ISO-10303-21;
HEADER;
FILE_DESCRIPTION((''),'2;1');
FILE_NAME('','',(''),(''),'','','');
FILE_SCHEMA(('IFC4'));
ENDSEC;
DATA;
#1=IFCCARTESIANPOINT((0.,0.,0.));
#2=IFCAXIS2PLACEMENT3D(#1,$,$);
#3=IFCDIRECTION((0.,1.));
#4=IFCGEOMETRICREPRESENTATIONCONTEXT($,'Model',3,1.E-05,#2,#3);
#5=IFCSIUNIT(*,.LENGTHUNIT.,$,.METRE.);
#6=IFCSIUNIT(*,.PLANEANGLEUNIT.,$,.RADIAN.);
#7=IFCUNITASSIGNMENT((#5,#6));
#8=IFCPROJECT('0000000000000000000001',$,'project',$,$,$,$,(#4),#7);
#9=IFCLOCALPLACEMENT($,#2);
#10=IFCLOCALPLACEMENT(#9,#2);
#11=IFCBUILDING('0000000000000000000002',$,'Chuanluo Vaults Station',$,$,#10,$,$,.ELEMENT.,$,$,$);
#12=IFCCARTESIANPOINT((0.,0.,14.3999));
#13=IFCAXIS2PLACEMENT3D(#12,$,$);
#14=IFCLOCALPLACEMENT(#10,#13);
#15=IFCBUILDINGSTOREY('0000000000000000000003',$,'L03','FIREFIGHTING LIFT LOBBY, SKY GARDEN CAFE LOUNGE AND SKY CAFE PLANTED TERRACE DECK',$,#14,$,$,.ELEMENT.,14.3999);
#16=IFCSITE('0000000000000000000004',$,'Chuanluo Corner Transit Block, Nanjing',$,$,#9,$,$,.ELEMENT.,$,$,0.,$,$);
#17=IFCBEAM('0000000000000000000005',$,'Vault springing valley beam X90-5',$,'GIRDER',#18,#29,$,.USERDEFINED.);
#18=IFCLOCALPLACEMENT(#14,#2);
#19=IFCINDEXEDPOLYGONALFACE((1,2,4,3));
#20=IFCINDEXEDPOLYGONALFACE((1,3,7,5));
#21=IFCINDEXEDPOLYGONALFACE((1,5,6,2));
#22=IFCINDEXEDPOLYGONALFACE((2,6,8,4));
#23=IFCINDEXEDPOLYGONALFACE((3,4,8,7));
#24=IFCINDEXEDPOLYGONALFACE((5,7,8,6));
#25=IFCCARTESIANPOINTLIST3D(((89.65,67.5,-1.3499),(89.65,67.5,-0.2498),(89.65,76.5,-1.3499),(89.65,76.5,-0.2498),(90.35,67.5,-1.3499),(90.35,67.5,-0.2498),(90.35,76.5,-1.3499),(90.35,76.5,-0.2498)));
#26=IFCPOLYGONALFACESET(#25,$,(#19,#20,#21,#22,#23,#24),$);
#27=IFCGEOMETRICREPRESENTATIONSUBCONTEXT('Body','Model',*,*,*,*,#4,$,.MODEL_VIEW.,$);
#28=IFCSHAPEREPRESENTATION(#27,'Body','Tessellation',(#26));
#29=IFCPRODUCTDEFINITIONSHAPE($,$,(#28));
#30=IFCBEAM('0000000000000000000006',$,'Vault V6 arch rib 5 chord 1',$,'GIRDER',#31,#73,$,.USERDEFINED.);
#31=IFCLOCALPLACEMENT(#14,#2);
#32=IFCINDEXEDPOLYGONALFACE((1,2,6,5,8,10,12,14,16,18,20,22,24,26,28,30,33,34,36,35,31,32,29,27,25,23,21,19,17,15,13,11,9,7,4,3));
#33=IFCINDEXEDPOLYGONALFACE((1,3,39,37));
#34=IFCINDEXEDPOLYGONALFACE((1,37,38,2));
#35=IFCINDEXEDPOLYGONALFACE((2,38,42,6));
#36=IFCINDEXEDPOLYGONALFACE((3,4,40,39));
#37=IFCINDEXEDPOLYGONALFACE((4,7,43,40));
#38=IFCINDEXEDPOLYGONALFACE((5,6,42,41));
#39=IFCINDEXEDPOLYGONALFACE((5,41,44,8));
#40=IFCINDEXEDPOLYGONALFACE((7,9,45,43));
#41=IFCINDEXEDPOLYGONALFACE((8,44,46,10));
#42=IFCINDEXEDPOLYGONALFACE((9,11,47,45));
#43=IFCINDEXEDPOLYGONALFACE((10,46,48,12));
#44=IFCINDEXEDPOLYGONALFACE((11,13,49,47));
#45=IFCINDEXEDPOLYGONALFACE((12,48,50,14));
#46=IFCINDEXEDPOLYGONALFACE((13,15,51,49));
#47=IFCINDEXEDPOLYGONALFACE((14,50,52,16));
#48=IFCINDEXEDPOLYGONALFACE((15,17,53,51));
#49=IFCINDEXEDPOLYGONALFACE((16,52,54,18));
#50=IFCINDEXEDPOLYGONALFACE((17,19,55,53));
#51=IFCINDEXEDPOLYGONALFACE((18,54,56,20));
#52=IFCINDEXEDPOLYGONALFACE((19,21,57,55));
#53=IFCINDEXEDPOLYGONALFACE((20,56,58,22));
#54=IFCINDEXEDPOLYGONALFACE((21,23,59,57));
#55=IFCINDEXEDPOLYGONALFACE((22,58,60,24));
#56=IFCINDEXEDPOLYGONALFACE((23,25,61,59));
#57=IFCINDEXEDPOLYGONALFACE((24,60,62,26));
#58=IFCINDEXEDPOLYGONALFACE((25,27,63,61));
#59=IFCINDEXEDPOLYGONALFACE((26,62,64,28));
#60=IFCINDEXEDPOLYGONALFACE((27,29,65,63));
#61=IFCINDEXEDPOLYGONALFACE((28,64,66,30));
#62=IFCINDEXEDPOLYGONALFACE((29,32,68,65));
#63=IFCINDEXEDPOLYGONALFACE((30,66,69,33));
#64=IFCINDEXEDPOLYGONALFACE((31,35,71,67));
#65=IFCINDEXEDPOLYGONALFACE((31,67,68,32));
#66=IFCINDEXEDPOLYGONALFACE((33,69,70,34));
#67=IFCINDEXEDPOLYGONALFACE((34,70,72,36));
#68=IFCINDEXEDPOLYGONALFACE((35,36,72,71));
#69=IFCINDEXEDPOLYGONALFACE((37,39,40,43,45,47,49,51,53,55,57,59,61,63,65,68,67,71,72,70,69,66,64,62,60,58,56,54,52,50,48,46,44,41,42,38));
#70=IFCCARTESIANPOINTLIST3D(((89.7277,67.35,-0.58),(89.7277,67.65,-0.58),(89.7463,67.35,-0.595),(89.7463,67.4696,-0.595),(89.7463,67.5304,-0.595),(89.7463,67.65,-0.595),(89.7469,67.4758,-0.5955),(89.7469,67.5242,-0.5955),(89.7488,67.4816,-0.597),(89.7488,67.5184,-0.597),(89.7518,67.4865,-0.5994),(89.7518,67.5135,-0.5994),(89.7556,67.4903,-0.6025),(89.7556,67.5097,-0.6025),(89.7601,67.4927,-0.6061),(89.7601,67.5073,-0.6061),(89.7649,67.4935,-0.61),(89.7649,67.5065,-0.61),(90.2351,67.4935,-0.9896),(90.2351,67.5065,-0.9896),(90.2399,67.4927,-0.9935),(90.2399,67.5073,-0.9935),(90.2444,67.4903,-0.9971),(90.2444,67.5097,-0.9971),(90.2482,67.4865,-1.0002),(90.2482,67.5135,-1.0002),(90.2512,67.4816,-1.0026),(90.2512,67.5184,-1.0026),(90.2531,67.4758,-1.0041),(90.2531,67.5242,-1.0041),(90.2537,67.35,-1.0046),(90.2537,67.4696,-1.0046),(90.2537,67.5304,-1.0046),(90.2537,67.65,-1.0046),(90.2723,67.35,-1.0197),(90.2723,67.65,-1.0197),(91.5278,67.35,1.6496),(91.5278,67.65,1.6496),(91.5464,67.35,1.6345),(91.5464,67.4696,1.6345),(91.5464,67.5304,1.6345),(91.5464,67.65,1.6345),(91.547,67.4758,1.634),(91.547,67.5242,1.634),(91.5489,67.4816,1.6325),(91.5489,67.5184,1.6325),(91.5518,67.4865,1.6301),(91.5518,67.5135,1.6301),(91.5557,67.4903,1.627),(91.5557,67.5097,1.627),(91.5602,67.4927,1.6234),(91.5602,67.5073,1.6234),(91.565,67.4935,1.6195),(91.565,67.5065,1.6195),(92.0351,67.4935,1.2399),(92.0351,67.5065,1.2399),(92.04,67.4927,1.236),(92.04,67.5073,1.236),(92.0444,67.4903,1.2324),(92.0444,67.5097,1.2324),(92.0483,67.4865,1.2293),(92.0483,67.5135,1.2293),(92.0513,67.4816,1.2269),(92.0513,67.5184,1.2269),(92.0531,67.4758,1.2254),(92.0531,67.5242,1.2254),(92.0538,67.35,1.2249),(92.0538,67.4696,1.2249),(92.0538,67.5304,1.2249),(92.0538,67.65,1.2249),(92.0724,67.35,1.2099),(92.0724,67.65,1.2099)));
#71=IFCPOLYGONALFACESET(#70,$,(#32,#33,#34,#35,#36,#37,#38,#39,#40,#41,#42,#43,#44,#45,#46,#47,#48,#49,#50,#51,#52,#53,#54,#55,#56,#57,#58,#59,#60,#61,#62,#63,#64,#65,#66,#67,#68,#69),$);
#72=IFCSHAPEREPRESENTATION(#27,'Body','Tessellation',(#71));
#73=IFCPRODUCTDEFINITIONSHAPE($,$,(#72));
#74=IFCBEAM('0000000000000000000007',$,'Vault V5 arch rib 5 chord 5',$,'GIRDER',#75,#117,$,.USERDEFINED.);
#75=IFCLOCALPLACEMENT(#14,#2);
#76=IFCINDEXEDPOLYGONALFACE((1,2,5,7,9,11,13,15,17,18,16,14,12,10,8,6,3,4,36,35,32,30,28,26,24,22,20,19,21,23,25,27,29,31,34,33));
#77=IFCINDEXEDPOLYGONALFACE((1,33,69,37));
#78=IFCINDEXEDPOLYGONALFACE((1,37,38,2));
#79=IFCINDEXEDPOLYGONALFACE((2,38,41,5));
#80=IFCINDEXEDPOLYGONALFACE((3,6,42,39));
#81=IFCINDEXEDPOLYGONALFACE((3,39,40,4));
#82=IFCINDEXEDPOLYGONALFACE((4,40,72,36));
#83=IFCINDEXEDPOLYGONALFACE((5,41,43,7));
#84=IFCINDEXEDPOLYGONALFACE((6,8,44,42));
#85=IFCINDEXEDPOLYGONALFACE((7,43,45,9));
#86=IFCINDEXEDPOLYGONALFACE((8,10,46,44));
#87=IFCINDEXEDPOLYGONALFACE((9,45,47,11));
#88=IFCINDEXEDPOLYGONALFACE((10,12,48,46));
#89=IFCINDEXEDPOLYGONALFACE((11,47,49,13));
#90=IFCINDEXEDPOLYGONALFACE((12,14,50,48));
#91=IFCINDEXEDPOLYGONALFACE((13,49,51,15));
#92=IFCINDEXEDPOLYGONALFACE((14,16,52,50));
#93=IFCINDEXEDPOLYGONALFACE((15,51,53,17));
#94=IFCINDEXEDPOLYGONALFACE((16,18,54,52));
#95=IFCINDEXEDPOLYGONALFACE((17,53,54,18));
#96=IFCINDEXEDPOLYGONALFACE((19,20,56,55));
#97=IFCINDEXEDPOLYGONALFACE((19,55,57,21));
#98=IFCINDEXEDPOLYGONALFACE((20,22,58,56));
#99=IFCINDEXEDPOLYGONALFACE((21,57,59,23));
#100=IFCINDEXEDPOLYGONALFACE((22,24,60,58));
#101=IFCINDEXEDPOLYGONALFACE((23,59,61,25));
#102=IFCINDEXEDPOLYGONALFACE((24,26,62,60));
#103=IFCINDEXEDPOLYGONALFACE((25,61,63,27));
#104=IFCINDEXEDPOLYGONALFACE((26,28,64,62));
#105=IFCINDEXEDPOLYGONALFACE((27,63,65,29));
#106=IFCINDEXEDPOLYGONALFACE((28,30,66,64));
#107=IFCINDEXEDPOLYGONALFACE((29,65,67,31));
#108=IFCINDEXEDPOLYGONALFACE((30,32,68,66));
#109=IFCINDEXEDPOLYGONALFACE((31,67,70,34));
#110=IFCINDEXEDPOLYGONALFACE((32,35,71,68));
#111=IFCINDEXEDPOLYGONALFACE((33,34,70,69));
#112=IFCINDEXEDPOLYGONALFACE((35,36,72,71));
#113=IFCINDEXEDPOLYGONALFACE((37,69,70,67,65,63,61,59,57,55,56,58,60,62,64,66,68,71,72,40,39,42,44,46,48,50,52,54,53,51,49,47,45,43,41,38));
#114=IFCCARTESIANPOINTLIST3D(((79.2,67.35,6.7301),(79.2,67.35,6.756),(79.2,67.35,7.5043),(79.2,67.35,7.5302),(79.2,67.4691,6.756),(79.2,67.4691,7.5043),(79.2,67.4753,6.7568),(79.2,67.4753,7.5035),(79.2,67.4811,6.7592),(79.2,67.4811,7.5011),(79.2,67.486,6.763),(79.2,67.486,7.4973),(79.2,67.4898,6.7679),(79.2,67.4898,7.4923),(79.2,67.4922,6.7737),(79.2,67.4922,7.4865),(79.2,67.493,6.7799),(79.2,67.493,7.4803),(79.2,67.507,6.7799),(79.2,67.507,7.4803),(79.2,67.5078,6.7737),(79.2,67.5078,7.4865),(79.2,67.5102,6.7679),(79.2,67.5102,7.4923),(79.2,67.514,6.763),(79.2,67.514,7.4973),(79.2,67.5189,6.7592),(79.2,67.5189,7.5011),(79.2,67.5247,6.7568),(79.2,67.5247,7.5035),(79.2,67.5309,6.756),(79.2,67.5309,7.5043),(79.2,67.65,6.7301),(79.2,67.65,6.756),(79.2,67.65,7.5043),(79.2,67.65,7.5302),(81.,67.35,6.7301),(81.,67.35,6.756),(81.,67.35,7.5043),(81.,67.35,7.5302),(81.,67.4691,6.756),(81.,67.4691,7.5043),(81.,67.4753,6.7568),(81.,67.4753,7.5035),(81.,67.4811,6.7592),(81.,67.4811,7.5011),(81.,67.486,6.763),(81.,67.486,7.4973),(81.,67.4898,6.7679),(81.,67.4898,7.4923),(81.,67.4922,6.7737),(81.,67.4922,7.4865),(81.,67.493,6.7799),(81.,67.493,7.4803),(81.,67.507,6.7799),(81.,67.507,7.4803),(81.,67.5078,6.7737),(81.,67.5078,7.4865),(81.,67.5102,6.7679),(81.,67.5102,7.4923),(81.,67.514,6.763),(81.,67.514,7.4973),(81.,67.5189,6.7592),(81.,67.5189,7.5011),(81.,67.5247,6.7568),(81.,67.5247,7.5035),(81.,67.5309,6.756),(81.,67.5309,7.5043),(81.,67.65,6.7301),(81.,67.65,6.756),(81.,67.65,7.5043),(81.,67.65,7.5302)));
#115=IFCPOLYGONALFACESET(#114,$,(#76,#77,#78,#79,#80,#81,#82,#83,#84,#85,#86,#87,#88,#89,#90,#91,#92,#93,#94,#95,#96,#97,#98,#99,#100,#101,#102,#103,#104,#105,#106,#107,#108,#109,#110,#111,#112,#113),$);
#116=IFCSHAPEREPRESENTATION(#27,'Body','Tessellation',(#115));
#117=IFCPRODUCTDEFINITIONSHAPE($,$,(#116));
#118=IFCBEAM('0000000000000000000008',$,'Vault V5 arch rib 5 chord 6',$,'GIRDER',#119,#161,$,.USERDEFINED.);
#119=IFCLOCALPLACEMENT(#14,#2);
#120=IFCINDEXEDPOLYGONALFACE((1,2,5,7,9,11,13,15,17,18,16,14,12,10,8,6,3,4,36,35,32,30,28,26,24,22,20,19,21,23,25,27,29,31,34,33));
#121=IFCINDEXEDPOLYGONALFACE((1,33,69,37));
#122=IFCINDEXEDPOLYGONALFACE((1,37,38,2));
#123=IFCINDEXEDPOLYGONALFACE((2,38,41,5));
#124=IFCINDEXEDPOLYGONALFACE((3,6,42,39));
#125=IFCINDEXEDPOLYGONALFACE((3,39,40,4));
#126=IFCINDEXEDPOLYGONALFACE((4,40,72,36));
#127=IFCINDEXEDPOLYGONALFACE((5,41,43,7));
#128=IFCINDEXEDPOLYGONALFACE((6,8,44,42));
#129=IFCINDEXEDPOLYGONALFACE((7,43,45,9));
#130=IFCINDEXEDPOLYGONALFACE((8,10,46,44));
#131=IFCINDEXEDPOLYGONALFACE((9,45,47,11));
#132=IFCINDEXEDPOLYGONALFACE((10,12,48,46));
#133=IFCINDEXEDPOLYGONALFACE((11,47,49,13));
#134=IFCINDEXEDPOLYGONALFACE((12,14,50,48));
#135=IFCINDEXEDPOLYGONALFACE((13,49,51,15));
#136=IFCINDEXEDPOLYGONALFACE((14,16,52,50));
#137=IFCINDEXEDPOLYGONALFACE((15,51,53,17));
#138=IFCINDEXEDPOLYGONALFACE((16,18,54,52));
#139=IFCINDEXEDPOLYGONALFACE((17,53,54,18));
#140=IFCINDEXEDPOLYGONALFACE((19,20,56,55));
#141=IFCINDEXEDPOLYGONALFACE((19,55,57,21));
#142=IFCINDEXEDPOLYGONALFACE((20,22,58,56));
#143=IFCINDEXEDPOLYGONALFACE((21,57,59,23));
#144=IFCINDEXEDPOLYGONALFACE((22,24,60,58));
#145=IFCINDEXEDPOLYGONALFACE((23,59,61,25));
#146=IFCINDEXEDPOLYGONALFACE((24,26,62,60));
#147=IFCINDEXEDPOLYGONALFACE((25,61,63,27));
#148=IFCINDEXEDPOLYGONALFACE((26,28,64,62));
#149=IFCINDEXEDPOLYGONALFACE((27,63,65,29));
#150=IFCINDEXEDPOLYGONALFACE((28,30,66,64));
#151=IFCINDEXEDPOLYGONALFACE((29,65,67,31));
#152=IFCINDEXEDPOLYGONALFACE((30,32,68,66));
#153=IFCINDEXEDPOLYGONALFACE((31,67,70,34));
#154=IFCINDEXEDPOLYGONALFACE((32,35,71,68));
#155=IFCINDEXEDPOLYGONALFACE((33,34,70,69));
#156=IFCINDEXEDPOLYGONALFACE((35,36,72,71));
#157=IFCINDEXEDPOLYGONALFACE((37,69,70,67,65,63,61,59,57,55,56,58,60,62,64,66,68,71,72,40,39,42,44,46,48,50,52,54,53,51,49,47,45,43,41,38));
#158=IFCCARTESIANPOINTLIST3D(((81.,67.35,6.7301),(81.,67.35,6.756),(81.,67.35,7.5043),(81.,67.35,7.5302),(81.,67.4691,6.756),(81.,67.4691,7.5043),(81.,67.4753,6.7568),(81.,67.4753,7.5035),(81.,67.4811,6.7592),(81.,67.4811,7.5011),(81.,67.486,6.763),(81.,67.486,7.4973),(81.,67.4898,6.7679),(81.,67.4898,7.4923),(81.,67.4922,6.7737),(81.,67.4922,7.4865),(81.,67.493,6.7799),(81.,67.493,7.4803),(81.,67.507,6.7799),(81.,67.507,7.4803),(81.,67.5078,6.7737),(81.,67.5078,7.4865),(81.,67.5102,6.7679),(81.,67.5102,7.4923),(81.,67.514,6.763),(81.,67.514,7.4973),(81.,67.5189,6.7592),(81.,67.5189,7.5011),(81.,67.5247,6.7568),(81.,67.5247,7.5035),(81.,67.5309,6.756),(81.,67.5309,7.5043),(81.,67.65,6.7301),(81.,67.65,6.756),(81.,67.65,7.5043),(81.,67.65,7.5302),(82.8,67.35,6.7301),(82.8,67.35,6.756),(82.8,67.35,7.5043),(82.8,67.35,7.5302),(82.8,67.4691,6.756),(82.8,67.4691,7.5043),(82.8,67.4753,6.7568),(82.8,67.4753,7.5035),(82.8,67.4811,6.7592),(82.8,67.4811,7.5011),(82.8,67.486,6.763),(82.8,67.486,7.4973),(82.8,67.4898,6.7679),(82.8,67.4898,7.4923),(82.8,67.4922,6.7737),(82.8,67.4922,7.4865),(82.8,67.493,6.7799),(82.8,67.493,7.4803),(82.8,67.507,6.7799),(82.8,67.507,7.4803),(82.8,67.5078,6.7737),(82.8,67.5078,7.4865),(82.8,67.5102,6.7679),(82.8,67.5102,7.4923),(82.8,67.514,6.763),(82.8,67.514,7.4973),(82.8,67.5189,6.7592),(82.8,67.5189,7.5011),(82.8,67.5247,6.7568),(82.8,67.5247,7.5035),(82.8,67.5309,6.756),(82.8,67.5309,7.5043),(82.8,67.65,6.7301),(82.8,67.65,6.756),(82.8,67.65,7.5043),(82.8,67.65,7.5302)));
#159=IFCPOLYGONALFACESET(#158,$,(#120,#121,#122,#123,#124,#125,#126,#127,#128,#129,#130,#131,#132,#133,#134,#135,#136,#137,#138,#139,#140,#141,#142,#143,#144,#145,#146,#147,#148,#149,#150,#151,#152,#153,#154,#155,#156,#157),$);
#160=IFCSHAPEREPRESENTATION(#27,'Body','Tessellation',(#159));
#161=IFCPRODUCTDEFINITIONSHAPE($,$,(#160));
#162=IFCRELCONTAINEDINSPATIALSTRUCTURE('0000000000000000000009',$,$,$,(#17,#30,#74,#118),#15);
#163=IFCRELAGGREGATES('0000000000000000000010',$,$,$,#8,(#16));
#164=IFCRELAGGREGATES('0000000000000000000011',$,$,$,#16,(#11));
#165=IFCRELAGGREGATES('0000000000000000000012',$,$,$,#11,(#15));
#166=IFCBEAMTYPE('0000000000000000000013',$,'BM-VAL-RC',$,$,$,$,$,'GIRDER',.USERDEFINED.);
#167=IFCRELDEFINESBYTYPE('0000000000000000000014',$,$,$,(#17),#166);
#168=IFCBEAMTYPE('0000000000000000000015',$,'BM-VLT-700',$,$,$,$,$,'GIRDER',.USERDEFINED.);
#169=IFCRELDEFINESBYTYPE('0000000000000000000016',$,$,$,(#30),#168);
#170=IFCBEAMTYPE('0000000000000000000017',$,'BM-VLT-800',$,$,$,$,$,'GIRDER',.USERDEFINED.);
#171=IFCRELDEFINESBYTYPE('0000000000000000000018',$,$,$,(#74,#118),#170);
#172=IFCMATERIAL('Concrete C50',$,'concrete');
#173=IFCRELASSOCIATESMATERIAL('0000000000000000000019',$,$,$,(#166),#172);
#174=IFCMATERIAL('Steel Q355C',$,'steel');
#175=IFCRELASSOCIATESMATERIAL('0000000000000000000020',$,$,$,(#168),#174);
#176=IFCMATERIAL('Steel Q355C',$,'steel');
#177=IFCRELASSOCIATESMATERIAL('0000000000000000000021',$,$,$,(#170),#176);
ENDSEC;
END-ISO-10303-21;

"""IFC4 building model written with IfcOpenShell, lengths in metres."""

from ifc_helpers import new_model, si_unit, direction, frame, origin, origin_2d, place, context, subcontext, project, spatial, rectangle, i_section, extrude, material, material_profile, profile_set, type_object, element, save


model = new_model("IFC4")

# Units and contexts
model_context = context("Model", 3, precision=1e-05, world=origin(), true_north=direction((0.0, 1.0)))
body_context = subcontext(model_context, "Body", "Model", "MODEL_VIEW")
ifc_project = project(units=[si_unit("LENGTHUNIT", "METRE"), si_unit("PLANEANGLEUNIT", "RADIAN")], contexts=[model_context])

# Site, building, storey
site_placement = place(None, origin())
site = spatial("IfcSite", under=ifc_project, at=site_placement, Name="Chuanluo Corner Transit Block, Nanjing", CompositionType="ELEMENT", RefElevation=0.0)
building_placement = place(site_placement, origin())
building = spatial("IfcBuilding", under=site, at=building_placement, Name="Chuanluo Vaults Station", CompositionType="ELEMENT")
storey_placement = place(building_placement, frame((0.0, 0.0, 14.3999)))
storey = spatial("IfcBuildingStorey", under=building, at=storey_placement, Name="L03", Description="FIREFIGHTING LIFT LOBBY, SKY GARDEN CAFE LOUNGE AND SKY CAFE PLANTED TERRACE DECK", CompositionType="ELEMENT", Elevation=14.3999)

# Beams
ifc_material_1 = material(Name="Concrete C50", Category="concrete")
ifc_material_profile_1 = material_profile(ifc_material_1, rectangle(XDim=0.7, YDim=1.1001, at=origin_2d()))
ifc_profile_set_1 = profile_set([ifc_material_profile_1], Name="Concrete C50")
beam_type_1 = type_object("IfcBeamType", Name="BM-VAL-RC", ElementType="GIRDER", PredefinedType="USERDEFINED", material=ifc_profile_set_1)
beam_1_placement = place(storey_placement, frame((90.0, 67.5, -0.7998), z_axis=(0.0, 1.0, 0.0), x_axis=(-1.0, 0.0, 0.0)))
element("IfcBeam", 1, at=beam_1_placement, inside=storey, type_object=beam_type_1, Name="Vault springing valley beam X90-5", ObjectType="GIRDER", PredefinedType="USERDEFINED", context=body_context, shape_type="SweptSolid", body=[
    extrude(rectangle(XDim=0.7, YDim=1.1001, at=origin_2d()), origin(), (0.0, 0.0, 1.0), 9.0),
])
ifc_material_2 = material(Name="Steel Q355C", Category="steel")
ifc_material_profile_2 = material_profile(ifc_material_2, i_section(OverallWidth=0.3, OverallDepth=0.7, WebThickness=0.0129, FlangeThickness=0.0239, FilletRadius=0.0239, at=origin_2d()))
ifc_profile_set_2 = profile_set([ifc_material_profile_2], Name="Steel Q355C")
beam_type_2 = type_object("IfcBeamType", Name="BM-VLT-700", ElementType="GIRDER", PredefinedType="USERDEFINED", material=ifc_profile_set_2)
beam_2_placement = place(storey_placement, frame((90.0, 67.5, -0.7998), z_axis=(0.62819, 0.0, 0.77806), x_axis=(0.0, 1.0, 0.0)))
element("IfcBeam", 2, at=beam_2_placement, inside=storey, type_object=beam_type_2, Name="Vault V6 arch rib 5 chord 1", ObjectType="GIRDER", PredefinedType="USERDEFINED", context=body_context, shape_type="SweptSolid", body=[
    extrude(i_section(OverallWidth=0.3, OverallDepth=0.7, WebThickness=0.0129, FlangeThickness=0.0239, FilletRadius=0.0239, at=origin_2d()), origin(), (0.0, 0.0, 1.0), 2.8655),
])
ifc_material_3 = material(Name="Steel Q355C", Category="steel")
ifc_material_profile_3 = material_profile(ifc_material_3, i_section(OverallWidth=0.3, OverallDepth=0.8, WebThickness=0.0139, FlangeThickness=0.0259, FilletRadius=0.0239, at=origin_2d()))
ifc_profile_set_3 = profile_set([ifc_material_profile_3], Name="Steel Q355C")
beam_type_3 = type_object("IfcBeamType", Name="BM-VLT-800", ElementType="GIRDER", PredefinedType="USERDEFINED", material=ifc_profile_set_3)
for number, where, z_axis, x_axis, name in (
    (3, (79.2, 67.5, 7.1301), (1.0, 0.0, 0.0), (0.0, 1.0, 0.0), "Vault V5 arch rib 5 chord 5"),
    (4, (81.0, 67.5, 7.1301), (1.0, 0.0, 0.0), (0.0, 1.0, 0.0), "Vault V5 arch rib 5 chord 6"),
):
    element("IfcBeam", number, at=place(storey_placement, frame(where, z_axis=z_axis, x_axis=x_axis)), inside=storey, type_object=beam_type_3, Name=name, ObjectType="GIRDER", PredefinedType="USERDEFINED", context=body_context, shape_type="SweptSolid", body=[
        extrude(i_section(OverallWidth=0.3, OverallDepth=0.8, WebThickness=0.0139, FlangeThickness=0.0259, FilletRadius=0.0239, at=origin_2d()), origin(), (0.0, 0.0, 1.0), 1.8),
    ])

save(model, "model.ifc")
